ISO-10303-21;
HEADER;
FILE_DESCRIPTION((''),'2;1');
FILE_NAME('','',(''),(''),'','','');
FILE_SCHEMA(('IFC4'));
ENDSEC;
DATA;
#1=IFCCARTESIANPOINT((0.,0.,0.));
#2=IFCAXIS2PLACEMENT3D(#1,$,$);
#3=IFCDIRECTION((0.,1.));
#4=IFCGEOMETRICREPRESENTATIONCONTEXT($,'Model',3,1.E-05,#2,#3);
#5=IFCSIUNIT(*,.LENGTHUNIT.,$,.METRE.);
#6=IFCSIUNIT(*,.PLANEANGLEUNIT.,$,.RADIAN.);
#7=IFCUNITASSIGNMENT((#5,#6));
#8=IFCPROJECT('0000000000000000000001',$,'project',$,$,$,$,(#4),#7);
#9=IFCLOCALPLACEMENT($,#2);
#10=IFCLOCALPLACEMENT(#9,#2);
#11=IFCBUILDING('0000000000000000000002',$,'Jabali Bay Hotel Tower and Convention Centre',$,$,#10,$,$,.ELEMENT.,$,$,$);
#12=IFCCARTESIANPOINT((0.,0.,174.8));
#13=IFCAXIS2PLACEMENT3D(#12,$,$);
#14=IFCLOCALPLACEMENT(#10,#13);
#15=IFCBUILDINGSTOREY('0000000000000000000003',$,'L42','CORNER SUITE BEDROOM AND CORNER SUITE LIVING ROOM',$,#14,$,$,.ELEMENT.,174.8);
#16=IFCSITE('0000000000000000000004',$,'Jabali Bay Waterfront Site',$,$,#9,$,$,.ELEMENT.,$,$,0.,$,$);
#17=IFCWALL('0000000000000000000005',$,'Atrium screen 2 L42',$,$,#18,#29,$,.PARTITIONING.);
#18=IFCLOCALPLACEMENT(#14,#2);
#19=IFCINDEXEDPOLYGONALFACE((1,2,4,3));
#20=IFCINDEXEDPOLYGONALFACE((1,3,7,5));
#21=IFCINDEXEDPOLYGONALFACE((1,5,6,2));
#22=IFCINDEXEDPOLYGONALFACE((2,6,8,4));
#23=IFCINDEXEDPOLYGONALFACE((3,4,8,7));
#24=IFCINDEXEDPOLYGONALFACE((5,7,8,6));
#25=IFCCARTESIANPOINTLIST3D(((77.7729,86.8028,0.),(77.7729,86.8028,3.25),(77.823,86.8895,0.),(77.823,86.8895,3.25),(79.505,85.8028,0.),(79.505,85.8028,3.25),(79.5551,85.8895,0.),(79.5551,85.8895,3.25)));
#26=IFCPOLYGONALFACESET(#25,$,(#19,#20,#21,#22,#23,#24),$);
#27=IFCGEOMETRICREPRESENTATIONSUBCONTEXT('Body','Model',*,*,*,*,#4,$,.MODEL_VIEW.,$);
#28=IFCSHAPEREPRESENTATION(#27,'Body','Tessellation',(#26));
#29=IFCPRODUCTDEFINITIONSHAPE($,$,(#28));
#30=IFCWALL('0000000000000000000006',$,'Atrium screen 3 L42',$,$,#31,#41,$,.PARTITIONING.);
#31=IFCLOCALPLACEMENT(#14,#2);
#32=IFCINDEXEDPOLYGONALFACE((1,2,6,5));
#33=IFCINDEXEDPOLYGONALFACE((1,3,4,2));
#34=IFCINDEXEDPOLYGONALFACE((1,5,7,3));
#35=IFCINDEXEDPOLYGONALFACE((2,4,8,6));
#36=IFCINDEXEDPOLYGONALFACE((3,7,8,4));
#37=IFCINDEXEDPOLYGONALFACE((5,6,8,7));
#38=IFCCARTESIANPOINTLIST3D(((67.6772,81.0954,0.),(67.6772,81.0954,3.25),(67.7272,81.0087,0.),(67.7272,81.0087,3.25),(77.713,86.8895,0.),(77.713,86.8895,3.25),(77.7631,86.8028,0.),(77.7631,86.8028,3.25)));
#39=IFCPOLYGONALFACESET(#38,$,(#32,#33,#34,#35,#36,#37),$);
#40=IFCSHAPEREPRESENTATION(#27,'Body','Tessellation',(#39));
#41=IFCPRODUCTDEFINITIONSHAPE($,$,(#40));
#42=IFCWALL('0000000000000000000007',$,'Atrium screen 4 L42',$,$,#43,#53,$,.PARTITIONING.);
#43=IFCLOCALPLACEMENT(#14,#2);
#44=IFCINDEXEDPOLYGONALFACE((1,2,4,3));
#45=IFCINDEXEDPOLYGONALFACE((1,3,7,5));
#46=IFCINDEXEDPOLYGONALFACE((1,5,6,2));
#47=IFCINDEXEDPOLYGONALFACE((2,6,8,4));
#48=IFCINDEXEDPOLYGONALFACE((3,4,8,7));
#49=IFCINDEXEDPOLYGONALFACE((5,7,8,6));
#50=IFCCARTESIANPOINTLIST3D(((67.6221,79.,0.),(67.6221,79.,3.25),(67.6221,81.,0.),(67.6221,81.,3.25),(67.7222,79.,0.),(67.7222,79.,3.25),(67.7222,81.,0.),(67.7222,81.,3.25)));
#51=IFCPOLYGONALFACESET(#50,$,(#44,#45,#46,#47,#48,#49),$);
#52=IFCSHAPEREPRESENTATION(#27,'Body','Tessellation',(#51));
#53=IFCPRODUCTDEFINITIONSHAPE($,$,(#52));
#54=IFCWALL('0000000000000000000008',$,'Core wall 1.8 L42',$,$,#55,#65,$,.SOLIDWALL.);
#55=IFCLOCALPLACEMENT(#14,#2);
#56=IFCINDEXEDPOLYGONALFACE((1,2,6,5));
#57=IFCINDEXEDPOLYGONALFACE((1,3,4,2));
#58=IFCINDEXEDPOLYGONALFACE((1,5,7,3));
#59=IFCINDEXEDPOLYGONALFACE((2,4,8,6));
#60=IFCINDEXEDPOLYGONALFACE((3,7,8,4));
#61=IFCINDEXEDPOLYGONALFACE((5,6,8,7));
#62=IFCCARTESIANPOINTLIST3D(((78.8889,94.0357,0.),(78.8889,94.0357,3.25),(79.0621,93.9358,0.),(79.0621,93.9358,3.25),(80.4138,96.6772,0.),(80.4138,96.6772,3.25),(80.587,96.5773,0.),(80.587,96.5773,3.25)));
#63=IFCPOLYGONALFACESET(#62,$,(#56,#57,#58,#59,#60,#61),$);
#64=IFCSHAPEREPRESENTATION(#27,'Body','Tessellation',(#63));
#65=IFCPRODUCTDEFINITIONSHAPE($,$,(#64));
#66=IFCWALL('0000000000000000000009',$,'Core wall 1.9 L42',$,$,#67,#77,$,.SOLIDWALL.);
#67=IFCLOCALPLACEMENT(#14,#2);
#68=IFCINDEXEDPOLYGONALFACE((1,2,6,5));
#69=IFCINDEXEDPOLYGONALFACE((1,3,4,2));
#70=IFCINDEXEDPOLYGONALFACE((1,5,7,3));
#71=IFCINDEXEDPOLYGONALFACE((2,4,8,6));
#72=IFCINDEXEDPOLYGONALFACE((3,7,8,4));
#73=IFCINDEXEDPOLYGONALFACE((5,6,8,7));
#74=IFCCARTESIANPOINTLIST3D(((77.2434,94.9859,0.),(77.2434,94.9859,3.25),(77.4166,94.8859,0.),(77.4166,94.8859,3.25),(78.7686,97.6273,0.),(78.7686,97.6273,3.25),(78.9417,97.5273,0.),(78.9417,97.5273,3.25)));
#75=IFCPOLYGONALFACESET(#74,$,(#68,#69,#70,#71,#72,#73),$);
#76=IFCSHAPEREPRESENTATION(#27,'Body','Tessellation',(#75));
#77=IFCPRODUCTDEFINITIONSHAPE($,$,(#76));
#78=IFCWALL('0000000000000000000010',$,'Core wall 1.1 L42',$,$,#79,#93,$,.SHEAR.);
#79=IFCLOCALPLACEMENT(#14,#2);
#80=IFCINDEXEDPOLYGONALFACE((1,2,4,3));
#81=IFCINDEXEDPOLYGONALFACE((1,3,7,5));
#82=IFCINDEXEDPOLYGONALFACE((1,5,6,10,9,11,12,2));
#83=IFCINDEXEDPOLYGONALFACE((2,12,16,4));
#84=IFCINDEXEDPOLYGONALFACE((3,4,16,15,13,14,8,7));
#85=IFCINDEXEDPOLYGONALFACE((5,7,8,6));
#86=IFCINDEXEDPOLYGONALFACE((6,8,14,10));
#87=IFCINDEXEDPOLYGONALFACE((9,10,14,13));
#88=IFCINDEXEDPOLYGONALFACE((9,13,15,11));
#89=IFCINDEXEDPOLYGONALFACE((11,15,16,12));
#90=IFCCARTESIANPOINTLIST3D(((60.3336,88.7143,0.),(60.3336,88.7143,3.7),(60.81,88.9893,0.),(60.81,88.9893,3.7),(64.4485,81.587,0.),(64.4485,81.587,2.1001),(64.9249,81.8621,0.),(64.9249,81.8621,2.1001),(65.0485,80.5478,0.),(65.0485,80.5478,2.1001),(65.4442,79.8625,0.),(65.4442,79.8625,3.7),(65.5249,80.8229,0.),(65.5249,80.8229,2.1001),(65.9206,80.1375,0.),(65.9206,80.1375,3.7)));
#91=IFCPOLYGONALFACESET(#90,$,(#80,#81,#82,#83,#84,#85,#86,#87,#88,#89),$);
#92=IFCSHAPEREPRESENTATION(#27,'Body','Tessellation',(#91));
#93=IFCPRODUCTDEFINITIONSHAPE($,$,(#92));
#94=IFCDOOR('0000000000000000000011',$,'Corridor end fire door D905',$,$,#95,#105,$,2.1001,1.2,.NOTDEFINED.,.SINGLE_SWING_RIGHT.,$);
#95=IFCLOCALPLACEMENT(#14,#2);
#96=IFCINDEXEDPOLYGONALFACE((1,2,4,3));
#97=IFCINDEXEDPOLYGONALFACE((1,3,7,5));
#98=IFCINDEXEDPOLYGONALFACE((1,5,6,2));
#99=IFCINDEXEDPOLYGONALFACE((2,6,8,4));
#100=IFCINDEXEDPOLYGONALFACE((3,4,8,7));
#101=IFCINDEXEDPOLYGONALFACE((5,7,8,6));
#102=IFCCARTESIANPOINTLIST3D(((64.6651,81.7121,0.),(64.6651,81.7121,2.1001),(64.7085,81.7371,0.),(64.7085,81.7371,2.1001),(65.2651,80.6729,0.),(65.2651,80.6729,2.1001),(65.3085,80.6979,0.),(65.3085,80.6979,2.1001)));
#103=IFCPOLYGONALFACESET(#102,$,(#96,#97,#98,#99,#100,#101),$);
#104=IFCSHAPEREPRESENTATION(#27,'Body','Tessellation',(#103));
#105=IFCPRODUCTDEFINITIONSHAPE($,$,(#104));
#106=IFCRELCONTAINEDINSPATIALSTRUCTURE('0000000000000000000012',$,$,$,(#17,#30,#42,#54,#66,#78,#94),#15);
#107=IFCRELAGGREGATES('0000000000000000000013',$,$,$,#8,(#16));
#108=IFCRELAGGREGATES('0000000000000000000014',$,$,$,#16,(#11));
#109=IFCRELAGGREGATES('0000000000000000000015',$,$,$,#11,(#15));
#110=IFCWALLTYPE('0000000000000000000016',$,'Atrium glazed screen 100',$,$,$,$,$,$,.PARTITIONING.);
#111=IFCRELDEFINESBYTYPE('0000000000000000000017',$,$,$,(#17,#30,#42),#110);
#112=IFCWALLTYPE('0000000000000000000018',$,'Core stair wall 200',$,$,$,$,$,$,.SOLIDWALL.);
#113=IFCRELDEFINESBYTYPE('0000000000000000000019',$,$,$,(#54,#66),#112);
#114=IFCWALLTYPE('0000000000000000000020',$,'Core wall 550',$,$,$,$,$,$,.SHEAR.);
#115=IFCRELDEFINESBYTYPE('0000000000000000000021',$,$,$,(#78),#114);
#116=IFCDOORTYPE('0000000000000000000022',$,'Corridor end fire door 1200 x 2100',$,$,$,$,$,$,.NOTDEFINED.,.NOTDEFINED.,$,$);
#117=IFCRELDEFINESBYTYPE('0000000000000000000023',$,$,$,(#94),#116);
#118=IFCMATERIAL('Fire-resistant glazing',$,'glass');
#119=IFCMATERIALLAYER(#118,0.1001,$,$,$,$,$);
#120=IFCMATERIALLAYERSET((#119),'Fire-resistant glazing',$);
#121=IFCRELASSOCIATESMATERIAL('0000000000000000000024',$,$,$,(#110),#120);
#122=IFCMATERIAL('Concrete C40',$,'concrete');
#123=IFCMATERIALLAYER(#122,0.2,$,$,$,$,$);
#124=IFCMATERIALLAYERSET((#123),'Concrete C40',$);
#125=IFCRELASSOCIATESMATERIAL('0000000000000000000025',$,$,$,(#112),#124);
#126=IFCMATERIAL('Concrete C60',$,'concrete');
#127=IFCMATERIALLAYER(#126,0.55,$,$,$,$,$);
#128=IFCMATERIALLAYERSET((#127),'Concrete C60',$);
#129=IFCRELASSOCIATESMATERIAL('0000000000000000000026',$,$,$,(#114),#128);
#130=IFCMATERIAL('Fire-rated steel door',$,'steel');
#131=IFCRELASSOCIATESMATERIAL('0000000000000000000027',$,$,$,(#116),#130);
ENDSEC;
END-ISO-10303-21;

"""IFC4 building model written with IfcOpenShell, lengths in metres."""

from ifc_helpers import new_model, si_unit, direction, frame, frame_2d, origin, place, context, subcontext, project, spatial, rectangle, extrude, material, layer, layer_set, type_object, element, fill, save


model = new_model("IFC4")

# Units and contexts
model_context = context("Model", 3, precision=1e-05, world=origin(), true_north=direction((0.0, 1.0)))
body_context = subcontext(model_context, "Body", "Model", "MODEL_VIEW")
ifc_project = project(units=[si_unit("LENGTHUNIT", "METRE"), si_unit("PLANEANGLEUNIT", "RADIAN")], contexts=[model_context])

# Site, building, storey
site_placement = place(None, origin())
site = spatial("IfcSite", under=ifc_project, at=site_placement, Name="Jabali Bay Waterfront Site", CompositionType="ELEMENT", RefElevation=0.0)
building_placement = place(site_placement, origin())
building = spatial("IfcBuilding", under=site, at=building_placement, Name="Jabali Bay Hotel Tower and Convention Centre", CompositionType="ELEMENT")
storey_placement = place(building_placement, frame((0.0, 0.0, 174.8)))
storey = spatial("IfcBuildingStorey", under=building, at=storey_placement, Name="L42", Description="CORNER SUITE BEDROOM AND CORNER SUITE LIVING ROOM", CompositionType="ELEMENT", Elevation=174.8)

# Walls
ifc_material_1 = material(Name="Fire-resistant glazing", Category="glass")
ifc_layer_1 = layer(ifc_material_1, 0.1001)
ifc_layer_set_1 = layer_set([ifc_layer_1], Name="Fire-resistant glazing")
wall_type_1 = type_object("IfcWallType", Name="Atrium glazed screen 100", PredefinedType="PARTITIONING", material=ifc_layer_set_1)
wall_1_placement = place(storey_placement, frame((79.53, 85.8462, 0.0), z_axis=(0.0, 0.0, 1.0), x_axis=(-0.866041, 0.499973, 0.0)))
element("IfcWall", 1, at=wall_1_placement, inside=storey, type_object=wall_type_1, Name="Atrium screen 2 L42", PredefinedType="PARTITIONING", context=body_context, shape_type="SweptSolid", body=[
    extrude(rectangle(XDim=2.0, YDim=0.1001, at=frame_2d((1.0, 0.0))), origin(), (0.0, 0.0, 1.0), 3.25),
])
wall_2_placement = place(storey_placement, frame((77.738, 86.8462, 0.0), z_axis=(0.0, 0.0, 1.0), x_axis=(-0.866027, -0.499998, 0.0)))
element("IfcWall", 2, at=wall_2_placement, inside=storey, type_object=wall_type_1, Name="Atrium screen 3 L42", PredefinedType="PARTITIONING", context=body_context, shape_type="SweptSolid", body=[
    extrude(rectangle(XDim=11.5884, YDim=0.1001, at=frame_2d((5.7942, 0.0))), origin(), (0.0, 0.0, 1.0), 3.25),
])
wall_3_placement = place(storey_placement, frame((67.6721, 81.0, 0.0), z_axis=(0.0, 0.0, 1.0), x_axis=(0.0, -1.0, 0.0)))
element("IfcWall", 3, at=wall_3_placement, inside=storey, type_object=wall_type_1, Name="Atrium screen 4 L42", PredefinedType="PARTITIONING", context=body_context, shape_type="SweptSolid", body=[
    extrude(rectangle(XDim=2.0, YDim=0.1001, at=frame_2d((1.0, 0.0))), origin(), (0.0, 0.0, 1.0), 3.25),
])
ifc_material_2 = material(Name="Concrete C40", Category="concrete")
ifc_layer_2 = layer(ifc_material_2, 0.2)
ifc_layer_set_2 = layer_set([ifc_layer_2], Name="Concrete C40")
wall_type_2 = type_object("IfcWallType", Name="Core stair wall 200", PredefinedType="SOLIDWALL", material=ifc_layer_set_2)
for number, where, z_axis, x_axis, name in (
    (4, (78.9756, 93.9858, 0.0), (0.0, 0.0, 1.0), (0.499944, 0.866058, 0.0), "Core wall 1.8 L42"),
    (5, (77.3301, 94.936, 0.0), (0.0, 0.0, 1.0), (0.500039, 0.866003, 0.0), "Core wall 1.9 L42"),
):
    element("IfcWall", number, at=place(storey_placement, frame(where, z_axis=z_axis, x_axis=x_axis)), inside=storey, type_object=wall_type_2, Name=name, PredefinedType="SOLIDWALL", context=body_context, shape_type="SweptSolid", body=[
        extrude(rectangle(XDim=3.05, YDim=0.2, at=frame_2d((1.5249, 0.0))), origin(), (0.0, 0.0, 1.0), 3.25),
    ])

# Wall, opening, door
ifc_material_3 = material(Name="Concrete C60", Category="concrete")
ifc_layer_3 = layer(ifc_material_3, 0.55)
ifc_layer_set_3 = layer_set([ifc_layer_3], Name="Concrete C60")
wall_type_3 = type_object("IfcWallType", Name="Core wall 550", PredefinedType="SHEAR", material=ifc_layer_set_3)
wall_4_placement = place(storey_placement, frame((65.6824, 80.0, 0.0), z_axis=(0.0, 0.0, 1.0), x_axis=(-0.5, 0.866025, 0.0)))
wall_4 = element("IfcWall", 6, at=wall_4_placement, inside=storey, type_object=wall_type_3, Name="Core wall 1.1 L42", PredefinedType="SHEAR", context=body_context, shape_type="SweptSolid", body=[
    extrude(rectangle(XDim=10.2212, YDim=0.55, at=frame_2d((5.1106, 0.0))), origin(), (0.0, 0.0, 1.0), 3.7),
])
opening_1_placement = place(wall_4_placement, frame((0.7913, 0.0, 0.0)))
opening_1 = element("IfcOpeningElement", 7, at=opening_1_placement, cuts=wall_4, PredefinedType="OPENING", context=body_context, shape_type="SweptSolid", body=[
    extrude(rectangle(XDim=1.2, YDim=2.1001, at=frame_2d((0.6001, 1.05))), frame((0.0, 0.2856, 0.0), z_axis=(0.0, -1.0, 0.0), x_axis=(1.0, 0.0, 0.0)), (0.0, 0.0, 1.0), 0.571),
])
ifc_material_4 = material(Name="Fire-rated steel door", Category="steel")
door_type_1 = type_object("IfcDoorType", Name="Corridor end fire door 1200 x 2100", OperationType="NOTDEFINED", PredefinedType="NOTDEFINED", material=ifc_material_4)
door_1_placement = place(opening_1_placement, origin())
door_1 = element("IfcDoor", 8, at=door_1_placement, inside=storey, type_object=door_type_1, Name="Corridor end fire door D905", OperationType="SINGLE_SWING_RIGHT", OverallHeight=2.1001, OverallWidth=1.2, PredefinedType="NOTDEFINED", context=body_context, shape_type="SweptSolid", body=[
    extrude(rectangle(XDim=1.2, YDim=2.1001, at=frame_2d((0.6001, 1.05))), frame((0.0, 0.0249, 0.0), z_axis=(0.0, -1.0, 0.0), x_axis=(1.0, 0.0, 0.0)), (0.0, 0.0, 1.0), 0.05),
])
fill(opening_1, door_1)

save(model, "model.ifc")
